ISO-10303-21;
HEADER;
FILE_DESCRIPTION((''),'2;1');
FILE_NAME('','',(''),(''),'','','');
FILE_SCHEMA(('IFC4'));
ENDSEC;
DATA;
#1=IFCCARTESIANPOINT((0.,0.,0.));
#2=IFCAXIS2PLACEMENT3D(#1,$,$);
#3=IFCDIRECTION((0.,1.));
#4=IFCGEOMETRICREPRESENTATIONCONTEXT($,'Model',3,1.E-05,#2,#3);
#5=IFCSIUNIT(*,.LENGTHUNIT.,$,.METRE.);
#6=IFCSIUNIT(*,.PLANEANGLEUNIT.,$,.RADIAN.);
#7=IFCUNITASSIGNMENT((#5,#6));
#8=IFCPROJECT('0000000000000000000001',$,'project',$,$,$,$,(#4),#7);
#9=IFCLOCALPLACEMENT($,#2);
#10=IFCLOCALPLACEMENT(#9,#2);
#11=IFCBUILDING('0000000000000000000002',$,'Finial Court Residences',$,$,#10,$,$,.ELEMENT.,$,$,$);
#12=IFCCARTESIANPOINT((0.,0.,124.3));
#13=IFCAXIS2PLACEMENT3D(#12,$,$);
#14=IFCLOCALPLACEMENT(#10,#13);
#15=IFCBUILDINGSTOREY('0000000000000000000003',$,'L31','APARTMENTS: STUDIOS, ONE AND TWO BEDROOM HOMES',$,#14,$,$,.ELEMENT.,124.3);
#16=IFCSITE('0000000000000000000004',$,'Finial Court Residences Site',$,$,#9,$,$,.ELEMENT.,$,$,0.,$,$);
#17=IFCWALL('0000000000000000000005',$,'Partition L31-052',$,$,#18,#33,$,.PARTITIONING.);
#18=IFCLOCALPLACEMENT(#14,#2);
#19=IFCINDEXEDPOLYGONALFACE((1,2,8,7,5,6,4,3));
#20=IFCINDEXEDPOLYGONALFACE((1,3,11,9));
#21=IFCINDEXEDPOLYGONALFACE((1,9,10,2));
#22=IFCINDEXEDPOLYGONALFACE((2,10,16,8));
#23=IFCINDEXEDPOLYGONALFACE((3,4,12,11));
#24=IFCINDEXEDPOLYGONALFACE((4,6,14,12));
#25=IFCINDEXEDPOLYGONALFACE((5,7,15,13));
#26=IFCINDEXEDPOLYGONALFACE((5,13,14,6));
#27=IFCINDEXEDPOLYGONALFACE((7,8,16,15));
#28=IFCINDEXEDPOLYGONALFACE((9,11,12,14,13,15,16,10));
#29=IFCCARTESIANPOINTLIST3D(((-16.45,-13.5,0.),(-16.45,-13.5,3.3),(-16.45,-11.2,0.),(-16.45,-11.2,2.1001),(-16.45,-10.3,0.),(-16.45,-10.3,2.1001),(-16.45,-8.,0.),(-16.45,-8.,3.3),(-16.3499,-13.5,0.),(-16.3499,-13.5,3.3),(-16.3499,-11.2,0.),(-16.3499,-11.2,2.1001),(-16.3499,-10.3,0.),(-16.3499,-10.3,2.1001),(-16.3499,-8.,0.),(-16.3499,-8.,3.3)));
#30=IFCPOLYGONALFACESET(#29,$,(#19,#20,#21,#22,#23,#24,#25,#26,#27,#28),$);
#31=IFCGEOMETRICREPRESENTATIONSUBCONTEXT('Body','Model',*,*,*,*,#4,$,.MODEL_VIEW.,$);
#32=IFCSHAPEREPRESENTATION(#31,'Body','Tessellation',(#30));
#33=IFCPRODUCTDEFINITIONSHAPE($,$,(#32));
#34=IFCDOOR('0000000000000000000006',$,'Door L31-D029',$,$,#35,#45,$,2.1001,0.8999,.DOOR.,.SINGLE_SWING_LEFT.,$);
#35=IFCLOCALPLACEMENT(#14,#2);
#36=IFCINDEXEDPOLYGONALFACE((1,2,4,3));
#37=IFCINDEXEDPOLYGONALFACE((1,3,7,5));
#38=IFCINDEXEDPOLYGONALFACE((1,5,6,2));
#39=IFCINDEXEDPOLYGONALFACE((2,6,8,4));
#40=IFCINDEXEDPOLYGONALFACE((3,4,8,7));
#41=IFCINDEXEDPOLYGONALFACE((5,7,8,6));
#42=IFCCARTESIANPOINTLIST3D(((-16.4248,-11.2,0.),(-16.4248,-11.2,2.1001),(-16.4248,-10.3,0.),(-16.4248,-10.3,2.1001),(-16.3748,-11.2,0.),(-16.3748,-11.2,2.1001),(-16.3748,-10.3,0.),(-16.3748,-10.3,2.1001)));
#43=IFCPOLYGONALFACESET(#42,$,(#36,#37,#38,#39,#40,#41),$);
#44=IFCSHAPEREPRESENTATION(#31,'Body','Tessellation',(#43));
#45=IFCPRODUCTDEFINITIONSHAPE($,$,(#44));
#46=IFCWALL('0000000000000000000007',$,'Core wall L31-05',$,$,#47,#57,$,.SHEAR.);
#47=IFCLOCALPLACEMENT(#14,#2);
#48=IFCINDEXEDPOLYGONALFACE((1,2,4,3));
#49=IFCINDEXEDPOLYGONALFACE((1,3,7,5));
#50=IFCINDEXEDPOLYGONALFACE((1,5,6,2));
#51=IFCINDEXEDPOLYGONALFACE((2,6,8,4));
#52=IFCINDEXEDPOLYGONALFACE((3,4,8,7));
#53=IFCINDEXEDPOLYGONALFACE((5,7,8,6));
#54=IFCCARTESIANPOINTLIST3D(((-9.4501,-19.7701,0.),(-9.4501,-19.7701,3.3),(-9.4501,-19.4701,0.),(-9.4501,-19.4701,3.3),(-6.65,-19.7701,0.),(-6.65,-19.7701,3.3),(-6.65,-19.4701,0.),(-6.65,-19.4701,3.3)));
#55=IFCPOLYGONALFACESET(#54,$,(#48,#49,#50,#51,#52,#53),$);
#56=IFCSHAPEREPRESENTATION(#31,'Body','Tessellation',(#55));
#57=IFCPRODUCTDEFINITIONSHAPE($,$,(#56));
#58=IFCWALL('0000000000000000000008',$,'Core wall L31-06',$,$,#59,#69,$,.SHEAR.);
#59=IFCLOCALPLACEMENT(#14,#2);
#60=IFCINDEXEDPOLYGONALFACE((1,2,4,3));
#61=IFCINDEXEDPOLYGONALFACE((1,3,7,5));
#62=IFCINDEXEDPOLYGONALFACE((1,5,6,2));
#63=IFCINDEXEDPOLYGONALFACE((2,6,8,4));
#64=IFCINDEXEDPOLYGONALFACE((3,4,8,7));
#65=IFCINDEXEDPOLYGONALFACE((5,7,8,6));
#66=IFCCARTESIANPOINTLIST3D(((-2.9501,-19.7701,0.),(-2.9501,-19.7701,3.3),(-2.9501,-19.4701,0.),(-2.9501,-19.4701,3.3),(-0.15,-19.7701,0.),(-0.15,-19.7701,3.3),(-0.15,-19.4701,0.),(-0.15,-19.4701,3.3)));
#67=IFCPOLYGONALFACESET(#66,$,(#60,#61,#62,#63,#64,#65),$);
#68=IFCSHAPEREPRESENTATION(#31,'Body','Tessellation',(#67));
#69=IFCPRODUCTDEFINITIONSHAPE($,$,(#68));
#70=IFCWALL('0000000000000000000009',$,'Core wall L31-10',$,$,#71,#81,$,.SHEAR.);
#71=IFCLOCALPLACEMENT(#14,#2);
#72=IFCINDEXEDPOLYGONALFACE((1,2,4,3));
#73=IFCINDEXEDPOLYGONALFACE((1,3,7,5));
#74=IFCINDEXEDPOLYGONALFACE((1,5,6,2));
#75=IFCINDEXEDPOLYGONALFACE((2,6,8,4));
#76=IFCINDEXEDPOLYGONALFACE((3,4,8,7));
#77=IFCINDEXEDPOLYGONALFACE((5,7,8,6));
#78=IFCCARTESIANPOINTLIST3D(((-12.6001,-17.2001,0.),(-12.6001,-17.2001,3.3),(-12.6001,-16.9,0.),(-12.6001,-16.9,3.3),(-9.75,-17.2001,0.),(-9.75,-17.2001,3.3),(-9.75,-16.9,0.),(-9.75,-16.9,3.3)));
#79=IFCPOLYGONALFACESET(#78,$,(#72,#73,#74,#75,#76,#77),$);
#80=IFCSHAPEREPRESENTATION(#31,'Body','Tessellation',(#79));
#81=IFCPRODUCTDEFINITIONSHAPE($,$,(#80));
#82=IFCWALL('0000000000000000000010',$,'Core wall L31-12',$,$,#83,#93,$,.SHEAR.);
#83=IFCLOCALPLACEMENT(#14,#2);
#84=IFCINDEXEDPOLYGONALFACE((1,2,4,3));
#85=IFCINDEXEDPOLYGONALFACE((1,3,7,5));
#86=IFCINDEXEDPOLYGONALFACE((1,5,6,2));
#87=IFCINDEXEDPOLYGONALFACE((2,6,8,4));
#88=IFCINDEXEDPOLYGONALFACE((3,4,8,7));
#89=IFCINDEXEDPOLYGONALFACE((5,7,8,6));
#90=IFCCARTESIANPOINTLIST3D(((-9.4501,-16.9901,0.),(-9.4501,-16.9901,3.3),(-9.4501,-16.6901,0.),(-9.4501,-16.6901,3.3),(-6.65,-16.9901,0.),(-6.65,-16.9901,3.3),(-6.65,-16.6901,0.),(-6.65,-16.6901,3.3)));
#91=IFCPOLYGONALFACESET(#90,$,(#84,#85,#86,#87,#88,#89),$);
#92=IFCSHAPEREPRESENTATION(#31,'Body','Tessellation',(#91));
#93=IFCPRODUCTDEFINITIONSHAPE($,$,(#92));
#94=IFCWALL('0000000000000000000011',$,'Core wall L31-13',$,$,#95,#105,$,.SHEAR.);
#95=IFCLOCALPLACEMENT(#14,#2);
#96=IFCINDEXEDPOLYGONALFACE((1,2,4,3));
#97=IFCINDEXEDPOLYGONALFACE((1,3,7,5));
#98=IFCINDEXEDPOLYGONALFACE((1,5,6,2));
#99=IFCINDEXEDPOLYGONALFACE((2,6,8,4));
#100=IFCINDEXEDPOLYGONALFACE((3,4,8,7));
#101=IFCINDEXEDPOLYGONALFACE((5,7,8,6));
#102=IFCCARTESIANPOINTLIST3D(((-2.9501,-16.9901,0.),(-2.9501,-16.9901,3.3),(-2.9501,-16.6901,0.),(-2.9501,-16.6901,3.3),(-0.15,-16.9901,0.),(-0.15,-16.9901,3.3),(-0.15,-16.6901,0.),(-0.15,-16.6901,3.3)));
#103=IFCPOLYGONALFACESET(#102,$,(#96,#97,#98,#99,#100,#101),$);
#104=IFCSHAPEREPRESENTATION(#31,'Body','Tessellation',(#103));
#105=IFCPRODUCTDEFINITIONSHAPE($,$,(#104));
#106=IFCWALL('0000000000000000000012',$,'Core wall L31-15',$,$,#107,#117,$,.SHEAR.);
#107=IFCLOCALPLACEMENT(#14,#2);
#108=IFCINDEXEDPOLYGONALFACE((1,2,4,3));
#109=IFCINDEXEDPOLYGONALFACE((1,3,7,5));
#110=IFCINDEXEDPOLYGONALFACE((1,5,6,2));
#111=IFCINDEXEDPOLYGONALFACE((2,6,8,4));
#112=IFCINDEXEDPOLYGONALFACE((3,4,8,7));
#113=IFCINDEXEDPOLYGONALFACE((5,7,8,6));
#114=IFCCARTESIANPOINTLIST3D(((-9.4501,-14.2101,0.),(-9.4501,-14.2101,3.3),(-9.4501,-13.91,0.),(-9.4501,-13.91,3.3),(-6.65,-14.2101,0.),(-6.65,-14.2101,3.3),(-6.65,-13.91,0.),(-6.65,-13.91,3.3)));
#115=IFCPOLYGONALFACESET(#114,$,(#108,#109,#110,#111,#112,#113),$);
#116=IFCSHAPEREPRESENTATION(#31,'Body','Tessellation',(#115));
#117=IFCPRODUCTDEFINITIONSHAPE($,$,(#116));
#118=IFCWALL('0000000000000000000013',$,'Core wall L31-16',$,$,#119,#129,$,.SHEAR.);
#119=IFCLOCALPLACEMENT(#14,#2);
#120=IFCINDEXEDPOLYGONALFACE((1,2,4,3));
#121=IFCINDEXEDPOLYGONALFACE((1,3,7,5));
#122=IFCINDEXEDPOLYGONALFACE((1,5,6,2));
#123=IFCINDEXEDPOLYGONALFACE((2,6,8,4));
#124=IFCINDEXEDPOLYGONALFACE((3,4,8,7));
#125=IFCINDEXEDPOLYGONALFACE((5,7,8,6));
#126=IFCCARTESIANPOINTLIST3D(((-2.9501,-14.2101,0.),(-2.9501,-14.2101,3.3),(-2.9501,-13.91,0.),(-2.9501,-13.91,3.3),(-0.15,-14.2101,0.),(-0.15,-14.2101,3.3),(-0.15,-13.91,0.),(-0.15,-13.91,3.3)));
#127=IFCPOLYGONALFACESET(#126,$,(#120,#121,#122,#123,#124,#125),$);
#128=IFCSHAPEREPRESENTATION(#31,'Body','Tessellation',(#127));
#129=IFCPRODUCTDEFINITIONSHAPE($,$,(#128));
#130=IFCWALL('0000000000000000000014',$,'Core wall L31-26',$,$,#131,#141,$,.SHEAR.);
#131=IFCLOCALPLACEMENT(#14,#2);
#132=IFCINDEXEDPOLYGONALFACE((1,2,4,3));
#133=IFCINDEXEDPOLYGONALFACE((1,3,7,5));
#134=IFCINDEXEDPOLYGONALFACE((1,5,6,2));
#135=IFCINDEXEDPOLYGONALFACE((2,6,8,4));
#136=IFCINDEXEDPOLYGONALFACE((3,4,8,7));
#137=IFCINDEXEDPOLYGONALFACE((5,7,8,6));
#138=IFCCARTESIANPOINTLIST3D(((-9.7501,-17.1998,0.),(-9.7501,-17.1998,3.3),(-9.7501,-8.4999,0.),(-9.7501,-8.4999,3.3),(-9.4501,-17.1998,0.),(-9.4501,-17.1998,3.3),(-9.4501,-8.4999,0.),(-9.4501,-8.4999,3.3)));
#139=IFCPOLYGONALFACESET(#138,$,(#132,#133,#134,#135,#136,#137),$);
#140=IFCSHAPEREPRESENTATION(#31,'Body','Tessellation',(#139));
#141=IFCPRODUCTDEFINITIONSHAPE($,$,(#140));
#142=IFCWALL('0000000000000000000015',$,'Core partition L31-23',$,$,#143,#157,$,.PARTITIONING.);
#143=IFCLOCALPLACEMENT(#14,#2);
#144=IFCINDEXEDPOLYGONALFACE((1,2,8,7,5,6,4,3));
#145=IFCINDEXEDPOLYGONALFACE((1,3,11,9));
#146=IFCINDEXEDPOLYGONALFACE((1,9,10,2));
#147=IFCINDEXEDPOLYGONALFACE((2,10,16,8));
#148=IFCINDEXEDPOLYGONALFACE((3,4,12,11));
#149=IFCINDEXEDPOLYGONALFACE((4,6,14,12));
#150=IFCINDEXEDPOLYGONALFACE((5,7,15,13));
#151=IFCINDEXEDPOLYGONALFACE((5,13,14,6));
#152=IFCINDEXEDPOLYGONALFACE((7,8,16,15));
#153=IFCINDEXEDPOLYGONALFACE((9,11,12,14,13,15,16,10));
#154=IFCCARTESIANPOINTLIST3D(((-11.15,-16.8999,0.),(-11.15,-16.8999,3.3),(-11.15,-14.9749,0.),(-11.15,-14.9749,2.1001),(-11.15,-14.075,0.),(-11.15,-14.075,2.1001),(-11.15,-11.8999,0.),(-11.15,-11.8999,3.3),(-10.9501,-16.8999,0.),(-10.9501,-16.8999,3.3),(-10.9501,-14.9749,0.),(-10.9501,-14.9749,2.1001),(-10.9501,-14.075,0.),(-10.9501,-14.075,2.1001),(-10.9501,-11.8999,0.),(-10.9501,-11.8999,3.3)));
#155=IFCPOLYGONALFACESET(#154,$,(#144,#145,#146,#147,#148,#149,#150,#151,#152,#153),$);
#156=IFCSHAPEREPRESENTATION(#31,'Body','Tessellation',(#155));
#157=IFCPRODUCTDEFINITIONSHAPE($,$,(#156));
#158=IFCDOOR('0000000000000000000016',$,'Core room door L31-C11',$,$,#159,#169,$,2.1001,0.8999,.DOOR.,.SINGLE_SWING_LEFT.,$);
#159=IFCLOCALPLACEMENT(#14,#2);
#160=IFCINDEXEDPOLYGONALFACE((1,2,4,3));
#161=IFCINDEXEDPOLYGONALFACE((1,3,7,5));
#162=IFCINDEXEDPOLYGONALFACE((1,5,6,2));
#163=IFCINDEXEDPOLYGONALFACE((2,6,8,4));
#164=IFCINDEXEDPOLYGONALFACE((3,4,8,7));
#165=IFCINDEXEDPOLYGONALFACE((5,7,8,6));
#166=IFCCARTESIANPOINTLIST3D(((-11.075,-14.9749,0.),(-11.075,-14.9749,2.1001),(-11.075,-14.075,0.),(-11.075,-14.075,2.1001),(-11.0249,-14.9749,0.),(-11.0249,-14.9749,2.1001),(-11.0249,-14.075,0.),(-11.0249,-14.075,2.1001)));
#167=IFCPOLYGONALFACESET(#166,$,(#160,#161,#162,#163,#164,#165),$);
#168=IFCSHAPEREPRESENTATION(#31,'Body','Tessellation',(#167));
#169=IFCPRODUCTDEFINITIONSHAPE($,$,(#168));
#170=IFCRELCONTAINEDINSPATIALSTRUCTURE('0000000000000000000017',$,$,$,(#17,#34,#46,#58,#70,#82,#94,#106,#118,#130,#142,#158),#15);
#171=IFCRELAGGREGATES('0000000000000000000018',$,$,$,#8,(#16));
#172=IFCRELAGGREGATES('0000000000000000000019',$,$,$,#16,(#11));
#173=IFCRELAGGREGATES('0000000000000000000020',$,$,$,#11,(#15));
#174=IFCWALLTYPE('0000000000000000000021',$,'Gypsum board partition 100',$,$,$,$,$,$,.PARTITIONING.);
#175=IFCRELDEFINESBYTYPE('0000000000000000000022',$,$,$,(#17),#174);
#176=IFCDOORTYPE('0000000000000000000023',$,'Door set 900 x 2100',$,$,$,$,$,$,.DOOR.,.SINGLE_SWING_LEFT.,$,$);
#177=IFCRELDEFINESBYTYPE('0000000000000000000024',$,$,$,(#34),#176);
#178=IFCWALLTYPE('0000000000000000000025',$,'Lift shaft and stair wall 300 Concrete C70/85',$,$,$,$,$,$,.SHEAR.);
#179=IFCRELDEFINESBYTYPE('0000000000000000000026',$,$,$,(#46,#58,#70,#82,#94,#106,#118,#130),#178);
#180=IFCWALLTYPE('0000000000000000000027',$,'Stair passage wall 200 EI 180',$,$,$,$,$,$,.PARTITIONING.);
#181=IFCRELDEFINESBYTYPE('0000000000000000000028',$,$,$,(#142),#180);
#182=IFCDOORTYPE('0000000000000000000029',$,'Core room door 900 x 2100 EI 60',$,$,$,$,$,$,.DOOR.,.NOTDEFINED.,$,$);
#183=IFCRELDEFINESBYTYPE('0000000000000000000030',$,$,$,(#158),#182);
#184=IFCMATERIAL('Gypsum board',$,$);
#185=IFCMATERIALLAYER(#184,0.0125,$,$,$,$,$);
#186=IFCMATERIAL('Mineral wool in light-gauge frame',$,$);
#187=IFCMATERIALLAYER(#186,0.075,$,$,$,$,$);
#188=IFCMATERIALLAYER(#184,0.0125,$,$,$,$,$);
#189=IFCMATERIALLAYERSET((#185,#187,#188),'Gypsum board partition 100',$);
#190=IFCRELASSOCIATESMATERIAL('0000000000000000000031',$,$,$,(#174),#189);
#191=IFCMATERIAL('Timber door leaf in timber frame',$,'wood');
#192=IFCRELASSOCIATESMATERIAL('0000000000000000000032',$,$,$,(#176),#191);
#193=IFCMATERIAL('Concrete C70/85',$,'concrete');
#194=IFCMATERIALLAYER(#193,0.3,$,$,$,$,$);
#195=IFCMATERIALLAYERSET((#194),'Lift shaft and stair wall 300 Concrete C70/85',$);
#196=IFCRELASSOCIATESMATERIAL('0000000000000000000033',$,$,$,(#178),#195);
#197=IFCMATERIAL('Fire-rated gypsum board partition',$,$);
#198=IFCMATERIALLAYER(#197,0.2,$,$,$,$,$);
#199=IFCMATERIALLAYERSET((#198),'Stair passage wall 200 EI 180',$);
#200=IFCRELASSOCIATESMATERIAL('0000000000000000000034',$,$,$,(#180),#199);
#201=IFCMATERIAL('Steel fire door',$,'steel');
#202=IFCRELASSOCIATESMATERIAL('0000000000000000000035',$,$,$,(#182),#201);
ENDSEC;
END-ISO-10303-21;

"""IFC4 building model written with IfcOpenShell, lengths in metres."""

from ifc_helpers import new_model, si_unit, direction, frame, frame_2d, origin, place, context, subcontext, project, spatial, rectangle, extrude, material, layer, layer_set, type_object, element, fill, save


model = new_model("IFC4")

# Units and contexts
model_context = context("Model", 3, precision=1e-05, world=origin(), true_north=direction((0.0, 1.0)))
body_context = subcontext(model_context, "Body", "Model", "MODEL_VIEW")
ifc_project = project(units=[si_unit("LENGTHUNIT", "METRE"), si_unit("PLANEANGLEUNIT", "RADIAN")], contexts=[model_context])

# Site, building, storey
site_placement = place(None, origin())
site = spatial("IfcSite", under=ifc_project, at=site_placement, Name="Finial Court Residences Site", CompositionType="ELEMENT", RefElevation=0.0)
building_placement = place(site_placement, origin())
building = spatial("IfcBuilding", under=site, at=building_placement, Name="Finial Court Residences", CompositionType="ELEMENT")
storey_placement = place(building_placement, frame((0.0, 0.0, 124.3)))
storey = spatial("IfcBuildingStorey", under=building, at=storey_placement, Name="L31", Description="APARTMENTS: STUDIOS, ONE AND TWO BEDROOM HOMES", CompositionType="ELEMENT", Elevation=124.3)

# Wall, opening, door
ifc_material_1 = material(Name="Gypsum board")
ifc_layer_1 = layer(ifc_material_1, 0.0125)
ifc_material_2 = material(Name="Mineral wool in light-gauge frame")
ifc_layer_2 = layer(ifc_material_2, 0.075)
ifc_layer_3 = layer(ifc_material_1, 0.0125)
ifc_layer_set_1 = layer_set([ifc_layer_1, ifc_layer_2, ifc_layer_3], Name="Gypsum board partition 100")
wall_type_1 = type_object("IfcWallType", Name="Gypsum board partition 100", PredefinedType="PARTITIONING", material=ifc_layer_set_1)
wall_1_placement = place(storey_placement, frame((-16.3999, -13.5, 0.0), z_axis=(0.0, 0.0, 1.0), x_axis=(0.0, 1.0, 0.0)))
wall_1 = element("IfcWall", 1, at=wall_1_placement, inside=storey, type_object=wall_type_1, Name="Partition L31-052", PredefinedType="PARTITIONING", context=body_context, shape_type="SweptSolid", body=[
    extrude(rectangle(XDim=5.5, YDim=0.1001, at=frame_2d((2.75, 0.0))), origin(), (0.0, 0.0, 1.0), 3.3),
])
opening_1_placement = place(wall_1_placement, frame((2.3, 0.0, 0.0)))
opening_1 = element("IfcOpeningElement", 2, at=opening_1_placement, cuts=wall_1, PredefinedType="OPENING", context=body_context, shape_type="SweptSolid", body=[
    extrude(rectangle(XDim=0.8999, YDim=2.1001, at=frame_2d((0.45, 1.05))), frame((0.0, 0.0601, 0.0), z_axis=(0.0, -1.0, 0.0), x_axis=(1.0, 0.0, 0.0)), (0.0, 0.0, 1.0), 0.1201),
])
ifc_material_3 = material(Name="Timber door leaf in timber frame", Category="wood")
door_type_1 = type_object("IfcDoorType", Name="Door set 900 x 2100", OperationType="SINGLE_SWING_LEFT", PredefinedType="DOOR", material=ifc_material_3)
door_1_placement = place(opening_1_placement, origin())
door_1 = element("IfcDoor", 3, at=door_1_placement, inside=storey, type_object=door_type_1, Name="Door L31-D029", OperationType="SINGLE_SWING_LEFT", OverallHeight=2.1001, OverallWidth=0.8999, PredefinedType="DOOR", context=body_context, shape_type="SweptSolid", body=[
    extrude(rectangle(XDim=0.8999, YDim=2.1001, at=frame_2d((0.45, 1.05))), frame((0.0, 0.0249, 0.0), z_axis=(0.0, -1.0, 0.0), x_axis=(1.0, 0.0, 0.0)), (0.0, 0.0, 1.0), 0.05),
])
fill(opening_1, door_1)

# Walls
ifc_material_4 = material(Name="Concrete C70/85", Category="concrete")
ifc_layer_4 = layer(ifc_material_4, 0.3)
ifc_layer_set_2 = layer_set([ifc_layer_4], Name="Lift shaft and stair wall 300 Concrete C70/85")
wall_type_2 = type_object("IfcWallType", Name="Lift shaft and stair wall 300 Concrete C70/85", PredefinedType="SHEAR", material=ifc_layer_set_2)
for number, where, z_axis, x_axis, name in (
    (4, (-9.45, -19.6201, 0.0), (0.0, 0.0, 1.0), (1.0, 0.0, 0.0), "Core wall L31-05"),
    (5, (-2.95, -19.6201, 0.0), (0.0, 0.0, 1.0), (1.0, 0.0, 0.0), "Core wall L31-06"),
):
    element("IfcWall", number, at=place(storey_placement, frame(where, z_axis=z_axis, x_axis=x_axis)), inside=storey, type_object=wall_type_2, Name=name, PredefinedType="SHEAR", context=body_context, shape_type="SweptSolid", body=[
        extrude(rectangle(XDim=2.8, YDim=0.3, at=frame_2d((1.3999, 0.0))), origin(), (0.0, 0.0, 1.0), 3.3),
    ])
wall_2_placement = place(storey_placement, frame((-12.6001, -17.05, 0.0), z_axis=(0.0, 0.0, 1.0), x_axis=(1.0, 0.0, 0.0)))
element("IfcWall", 6, at=wall_2_placement, inside=storey, type_object=wall_type_2, Name="Core wall L31-10", PredefinedType="SHEAR", context=body_context, shape_type="SweptSolid", body=[
    extrude(rectangle(XDim=2.8501, YDim=0.3, at=frame_2d((1.425, 0.0))), origin(), (0.0, 0.0, 1.0), 3.3),
])
for number, where, z_axis, x_axis, name in (
    (7, (-9.45, -16.8401, 0.0), (0.0, 0.0, 1.0), (1.0, 0.0, 0.0), "Core wall L31-12"),
    (8, (-2.95, -16.8401, 0.0), (0.0, 0.0, 1.0), (1.0, 0.0, 0.0), "Core wall L31-13"),
    (9, (-9.45, -14.0601, 0.0), (0.0, 0.0, 1.0), (1.0, 0.0, 0.0), "Core wall L31-15"),
    (10, (-2.95, -14.0601, 0.0), (0.0, 0.0, 1.0), (1.0, 0.0, 0.0), "Core wall L31-16"),
):
    element("IfcWall", number, at=place(storey_placement, frame(where, z_axis=z_axis, x_axis=x_axis)), inside=storey, type_object=wall_type_2, Name=name, PredefinedType="SHEAR", context=body_context, shape_type="SweptSolid", body=[
        extrude(rectangle(XDim=2.8, YDim=0.3, at=frame_2d((1.3999, 0.0))), origin(), (0.0, 0.0, 1.0), 3.3),
    ])
wall_3_placement = place(storey_placement, frame((-9.6001, -17.2, 0.0), z_axis=(0.0, 0.0, 1.0), x_axis=(0.0, 1.0, 0.0)))
element("IfcWall", 11, at=wall_3_placement, inside=storey, type_object=wall_type_2, Name="Core wall L31-26", PredefinedType="SHEAR", context=body_context, shape_type="SweptSolid", body=[
    extrude(rectangle(XDim=8.7, YDim=0.3, at=frame_2d((4.3501, 0.0))), origin(), (0.0, 0.0, 1.0), 3.3),
])

# Wall, opening, door
ifc_material_5 = material(Name="Fire-rated gypsum board partition")
ifc_layer_5 = layer(ifc_material_5, 0.2)
ifc_layer_set_3 = layer_set([ifc_layer_5], Name="Stair passage wall 200 EI 180")
wall_type_3 = type_object("IfcWallType", Name="Stair passage wall 200 EI 180", PredefinedType="PARTITIONING", material=ifc_layer_set_3)
wall_4_placement = place(storey_placement, frame((-11.05, -16.8999, 0.0), z_axis=(0.0, 0.0, 1.0), x_axis=(0.0, 1.0, 0.0)))
wall_4 = element("IfcWall", 12, at=wall_4_placement, inside=storey, type_object=wall_type_3, Name="Core partition L31-23", PredefinedType="PARTITIONING", context=body_context, shape_type="SweptSolid", body=[
    extrude(rectangle(XDim=5.0, YDim=0.2, at=frame_2d((2.5, 0.0))), origin(), (0.0, 0.0, 1.0), 3.3),
])
opening_2_placement = place(wall_4_placement, frame((1.925, 0.0, 0.0)))
opening_2 = element("IfcOpeningElement", 13, at=opening_2_placement, cuts=wall_4, PredefinedType="OPENING", context=body_context, shape_type="SweptSolid", body=[
    extrude(rectangle(XDim=0.8999, YDim=2.1001, at=frame_2d((0.45, 1.05))), frame((0.0, 0.1099, 0.0), z_axis=(0.0, -1.0, 0.0), x_axis=(1.0, 0.0, 0.0)), (0.0, 0.0, 1.0), 0.22),
])
ifc_material_6 = material(Name="Steel fire door", Category="steel")
door_type_2 = type_object("IfcDoorType", Name="Core room door 900 x 2100 EI 60", OperationType="NOTDEFINED", PredefinedType="DOOR", material=ifc_material_6)
door_2_placement = place(opening_2_placement, origin())
door_2 = element("IfcDoor", 14, at=door_2_placement, inside=storey, type_object=door_type_2, Name="Core room door L31-C11", OperationType="SINGLE_SWING_LEFT", OverallHeight=2.1001, OverallWidth=0.8999, PredefinedType="DOOR", context=body_context, shape_type="SweptSolid", body=[
    extrude(rectangle(XDim=0.8999, YDim=2.1001, at=frame_2d((0.45, 1.05))), frame((0.0, 0.0249, 0.0), z_axis=(0.0, -1.0, 0.0), x_axis=(1.0, 0.0, 0.0)), (0.0, 0.0, 1.0), 0.05),
])
fill(opening_2, door_2)

save(model, "model.ifc")
